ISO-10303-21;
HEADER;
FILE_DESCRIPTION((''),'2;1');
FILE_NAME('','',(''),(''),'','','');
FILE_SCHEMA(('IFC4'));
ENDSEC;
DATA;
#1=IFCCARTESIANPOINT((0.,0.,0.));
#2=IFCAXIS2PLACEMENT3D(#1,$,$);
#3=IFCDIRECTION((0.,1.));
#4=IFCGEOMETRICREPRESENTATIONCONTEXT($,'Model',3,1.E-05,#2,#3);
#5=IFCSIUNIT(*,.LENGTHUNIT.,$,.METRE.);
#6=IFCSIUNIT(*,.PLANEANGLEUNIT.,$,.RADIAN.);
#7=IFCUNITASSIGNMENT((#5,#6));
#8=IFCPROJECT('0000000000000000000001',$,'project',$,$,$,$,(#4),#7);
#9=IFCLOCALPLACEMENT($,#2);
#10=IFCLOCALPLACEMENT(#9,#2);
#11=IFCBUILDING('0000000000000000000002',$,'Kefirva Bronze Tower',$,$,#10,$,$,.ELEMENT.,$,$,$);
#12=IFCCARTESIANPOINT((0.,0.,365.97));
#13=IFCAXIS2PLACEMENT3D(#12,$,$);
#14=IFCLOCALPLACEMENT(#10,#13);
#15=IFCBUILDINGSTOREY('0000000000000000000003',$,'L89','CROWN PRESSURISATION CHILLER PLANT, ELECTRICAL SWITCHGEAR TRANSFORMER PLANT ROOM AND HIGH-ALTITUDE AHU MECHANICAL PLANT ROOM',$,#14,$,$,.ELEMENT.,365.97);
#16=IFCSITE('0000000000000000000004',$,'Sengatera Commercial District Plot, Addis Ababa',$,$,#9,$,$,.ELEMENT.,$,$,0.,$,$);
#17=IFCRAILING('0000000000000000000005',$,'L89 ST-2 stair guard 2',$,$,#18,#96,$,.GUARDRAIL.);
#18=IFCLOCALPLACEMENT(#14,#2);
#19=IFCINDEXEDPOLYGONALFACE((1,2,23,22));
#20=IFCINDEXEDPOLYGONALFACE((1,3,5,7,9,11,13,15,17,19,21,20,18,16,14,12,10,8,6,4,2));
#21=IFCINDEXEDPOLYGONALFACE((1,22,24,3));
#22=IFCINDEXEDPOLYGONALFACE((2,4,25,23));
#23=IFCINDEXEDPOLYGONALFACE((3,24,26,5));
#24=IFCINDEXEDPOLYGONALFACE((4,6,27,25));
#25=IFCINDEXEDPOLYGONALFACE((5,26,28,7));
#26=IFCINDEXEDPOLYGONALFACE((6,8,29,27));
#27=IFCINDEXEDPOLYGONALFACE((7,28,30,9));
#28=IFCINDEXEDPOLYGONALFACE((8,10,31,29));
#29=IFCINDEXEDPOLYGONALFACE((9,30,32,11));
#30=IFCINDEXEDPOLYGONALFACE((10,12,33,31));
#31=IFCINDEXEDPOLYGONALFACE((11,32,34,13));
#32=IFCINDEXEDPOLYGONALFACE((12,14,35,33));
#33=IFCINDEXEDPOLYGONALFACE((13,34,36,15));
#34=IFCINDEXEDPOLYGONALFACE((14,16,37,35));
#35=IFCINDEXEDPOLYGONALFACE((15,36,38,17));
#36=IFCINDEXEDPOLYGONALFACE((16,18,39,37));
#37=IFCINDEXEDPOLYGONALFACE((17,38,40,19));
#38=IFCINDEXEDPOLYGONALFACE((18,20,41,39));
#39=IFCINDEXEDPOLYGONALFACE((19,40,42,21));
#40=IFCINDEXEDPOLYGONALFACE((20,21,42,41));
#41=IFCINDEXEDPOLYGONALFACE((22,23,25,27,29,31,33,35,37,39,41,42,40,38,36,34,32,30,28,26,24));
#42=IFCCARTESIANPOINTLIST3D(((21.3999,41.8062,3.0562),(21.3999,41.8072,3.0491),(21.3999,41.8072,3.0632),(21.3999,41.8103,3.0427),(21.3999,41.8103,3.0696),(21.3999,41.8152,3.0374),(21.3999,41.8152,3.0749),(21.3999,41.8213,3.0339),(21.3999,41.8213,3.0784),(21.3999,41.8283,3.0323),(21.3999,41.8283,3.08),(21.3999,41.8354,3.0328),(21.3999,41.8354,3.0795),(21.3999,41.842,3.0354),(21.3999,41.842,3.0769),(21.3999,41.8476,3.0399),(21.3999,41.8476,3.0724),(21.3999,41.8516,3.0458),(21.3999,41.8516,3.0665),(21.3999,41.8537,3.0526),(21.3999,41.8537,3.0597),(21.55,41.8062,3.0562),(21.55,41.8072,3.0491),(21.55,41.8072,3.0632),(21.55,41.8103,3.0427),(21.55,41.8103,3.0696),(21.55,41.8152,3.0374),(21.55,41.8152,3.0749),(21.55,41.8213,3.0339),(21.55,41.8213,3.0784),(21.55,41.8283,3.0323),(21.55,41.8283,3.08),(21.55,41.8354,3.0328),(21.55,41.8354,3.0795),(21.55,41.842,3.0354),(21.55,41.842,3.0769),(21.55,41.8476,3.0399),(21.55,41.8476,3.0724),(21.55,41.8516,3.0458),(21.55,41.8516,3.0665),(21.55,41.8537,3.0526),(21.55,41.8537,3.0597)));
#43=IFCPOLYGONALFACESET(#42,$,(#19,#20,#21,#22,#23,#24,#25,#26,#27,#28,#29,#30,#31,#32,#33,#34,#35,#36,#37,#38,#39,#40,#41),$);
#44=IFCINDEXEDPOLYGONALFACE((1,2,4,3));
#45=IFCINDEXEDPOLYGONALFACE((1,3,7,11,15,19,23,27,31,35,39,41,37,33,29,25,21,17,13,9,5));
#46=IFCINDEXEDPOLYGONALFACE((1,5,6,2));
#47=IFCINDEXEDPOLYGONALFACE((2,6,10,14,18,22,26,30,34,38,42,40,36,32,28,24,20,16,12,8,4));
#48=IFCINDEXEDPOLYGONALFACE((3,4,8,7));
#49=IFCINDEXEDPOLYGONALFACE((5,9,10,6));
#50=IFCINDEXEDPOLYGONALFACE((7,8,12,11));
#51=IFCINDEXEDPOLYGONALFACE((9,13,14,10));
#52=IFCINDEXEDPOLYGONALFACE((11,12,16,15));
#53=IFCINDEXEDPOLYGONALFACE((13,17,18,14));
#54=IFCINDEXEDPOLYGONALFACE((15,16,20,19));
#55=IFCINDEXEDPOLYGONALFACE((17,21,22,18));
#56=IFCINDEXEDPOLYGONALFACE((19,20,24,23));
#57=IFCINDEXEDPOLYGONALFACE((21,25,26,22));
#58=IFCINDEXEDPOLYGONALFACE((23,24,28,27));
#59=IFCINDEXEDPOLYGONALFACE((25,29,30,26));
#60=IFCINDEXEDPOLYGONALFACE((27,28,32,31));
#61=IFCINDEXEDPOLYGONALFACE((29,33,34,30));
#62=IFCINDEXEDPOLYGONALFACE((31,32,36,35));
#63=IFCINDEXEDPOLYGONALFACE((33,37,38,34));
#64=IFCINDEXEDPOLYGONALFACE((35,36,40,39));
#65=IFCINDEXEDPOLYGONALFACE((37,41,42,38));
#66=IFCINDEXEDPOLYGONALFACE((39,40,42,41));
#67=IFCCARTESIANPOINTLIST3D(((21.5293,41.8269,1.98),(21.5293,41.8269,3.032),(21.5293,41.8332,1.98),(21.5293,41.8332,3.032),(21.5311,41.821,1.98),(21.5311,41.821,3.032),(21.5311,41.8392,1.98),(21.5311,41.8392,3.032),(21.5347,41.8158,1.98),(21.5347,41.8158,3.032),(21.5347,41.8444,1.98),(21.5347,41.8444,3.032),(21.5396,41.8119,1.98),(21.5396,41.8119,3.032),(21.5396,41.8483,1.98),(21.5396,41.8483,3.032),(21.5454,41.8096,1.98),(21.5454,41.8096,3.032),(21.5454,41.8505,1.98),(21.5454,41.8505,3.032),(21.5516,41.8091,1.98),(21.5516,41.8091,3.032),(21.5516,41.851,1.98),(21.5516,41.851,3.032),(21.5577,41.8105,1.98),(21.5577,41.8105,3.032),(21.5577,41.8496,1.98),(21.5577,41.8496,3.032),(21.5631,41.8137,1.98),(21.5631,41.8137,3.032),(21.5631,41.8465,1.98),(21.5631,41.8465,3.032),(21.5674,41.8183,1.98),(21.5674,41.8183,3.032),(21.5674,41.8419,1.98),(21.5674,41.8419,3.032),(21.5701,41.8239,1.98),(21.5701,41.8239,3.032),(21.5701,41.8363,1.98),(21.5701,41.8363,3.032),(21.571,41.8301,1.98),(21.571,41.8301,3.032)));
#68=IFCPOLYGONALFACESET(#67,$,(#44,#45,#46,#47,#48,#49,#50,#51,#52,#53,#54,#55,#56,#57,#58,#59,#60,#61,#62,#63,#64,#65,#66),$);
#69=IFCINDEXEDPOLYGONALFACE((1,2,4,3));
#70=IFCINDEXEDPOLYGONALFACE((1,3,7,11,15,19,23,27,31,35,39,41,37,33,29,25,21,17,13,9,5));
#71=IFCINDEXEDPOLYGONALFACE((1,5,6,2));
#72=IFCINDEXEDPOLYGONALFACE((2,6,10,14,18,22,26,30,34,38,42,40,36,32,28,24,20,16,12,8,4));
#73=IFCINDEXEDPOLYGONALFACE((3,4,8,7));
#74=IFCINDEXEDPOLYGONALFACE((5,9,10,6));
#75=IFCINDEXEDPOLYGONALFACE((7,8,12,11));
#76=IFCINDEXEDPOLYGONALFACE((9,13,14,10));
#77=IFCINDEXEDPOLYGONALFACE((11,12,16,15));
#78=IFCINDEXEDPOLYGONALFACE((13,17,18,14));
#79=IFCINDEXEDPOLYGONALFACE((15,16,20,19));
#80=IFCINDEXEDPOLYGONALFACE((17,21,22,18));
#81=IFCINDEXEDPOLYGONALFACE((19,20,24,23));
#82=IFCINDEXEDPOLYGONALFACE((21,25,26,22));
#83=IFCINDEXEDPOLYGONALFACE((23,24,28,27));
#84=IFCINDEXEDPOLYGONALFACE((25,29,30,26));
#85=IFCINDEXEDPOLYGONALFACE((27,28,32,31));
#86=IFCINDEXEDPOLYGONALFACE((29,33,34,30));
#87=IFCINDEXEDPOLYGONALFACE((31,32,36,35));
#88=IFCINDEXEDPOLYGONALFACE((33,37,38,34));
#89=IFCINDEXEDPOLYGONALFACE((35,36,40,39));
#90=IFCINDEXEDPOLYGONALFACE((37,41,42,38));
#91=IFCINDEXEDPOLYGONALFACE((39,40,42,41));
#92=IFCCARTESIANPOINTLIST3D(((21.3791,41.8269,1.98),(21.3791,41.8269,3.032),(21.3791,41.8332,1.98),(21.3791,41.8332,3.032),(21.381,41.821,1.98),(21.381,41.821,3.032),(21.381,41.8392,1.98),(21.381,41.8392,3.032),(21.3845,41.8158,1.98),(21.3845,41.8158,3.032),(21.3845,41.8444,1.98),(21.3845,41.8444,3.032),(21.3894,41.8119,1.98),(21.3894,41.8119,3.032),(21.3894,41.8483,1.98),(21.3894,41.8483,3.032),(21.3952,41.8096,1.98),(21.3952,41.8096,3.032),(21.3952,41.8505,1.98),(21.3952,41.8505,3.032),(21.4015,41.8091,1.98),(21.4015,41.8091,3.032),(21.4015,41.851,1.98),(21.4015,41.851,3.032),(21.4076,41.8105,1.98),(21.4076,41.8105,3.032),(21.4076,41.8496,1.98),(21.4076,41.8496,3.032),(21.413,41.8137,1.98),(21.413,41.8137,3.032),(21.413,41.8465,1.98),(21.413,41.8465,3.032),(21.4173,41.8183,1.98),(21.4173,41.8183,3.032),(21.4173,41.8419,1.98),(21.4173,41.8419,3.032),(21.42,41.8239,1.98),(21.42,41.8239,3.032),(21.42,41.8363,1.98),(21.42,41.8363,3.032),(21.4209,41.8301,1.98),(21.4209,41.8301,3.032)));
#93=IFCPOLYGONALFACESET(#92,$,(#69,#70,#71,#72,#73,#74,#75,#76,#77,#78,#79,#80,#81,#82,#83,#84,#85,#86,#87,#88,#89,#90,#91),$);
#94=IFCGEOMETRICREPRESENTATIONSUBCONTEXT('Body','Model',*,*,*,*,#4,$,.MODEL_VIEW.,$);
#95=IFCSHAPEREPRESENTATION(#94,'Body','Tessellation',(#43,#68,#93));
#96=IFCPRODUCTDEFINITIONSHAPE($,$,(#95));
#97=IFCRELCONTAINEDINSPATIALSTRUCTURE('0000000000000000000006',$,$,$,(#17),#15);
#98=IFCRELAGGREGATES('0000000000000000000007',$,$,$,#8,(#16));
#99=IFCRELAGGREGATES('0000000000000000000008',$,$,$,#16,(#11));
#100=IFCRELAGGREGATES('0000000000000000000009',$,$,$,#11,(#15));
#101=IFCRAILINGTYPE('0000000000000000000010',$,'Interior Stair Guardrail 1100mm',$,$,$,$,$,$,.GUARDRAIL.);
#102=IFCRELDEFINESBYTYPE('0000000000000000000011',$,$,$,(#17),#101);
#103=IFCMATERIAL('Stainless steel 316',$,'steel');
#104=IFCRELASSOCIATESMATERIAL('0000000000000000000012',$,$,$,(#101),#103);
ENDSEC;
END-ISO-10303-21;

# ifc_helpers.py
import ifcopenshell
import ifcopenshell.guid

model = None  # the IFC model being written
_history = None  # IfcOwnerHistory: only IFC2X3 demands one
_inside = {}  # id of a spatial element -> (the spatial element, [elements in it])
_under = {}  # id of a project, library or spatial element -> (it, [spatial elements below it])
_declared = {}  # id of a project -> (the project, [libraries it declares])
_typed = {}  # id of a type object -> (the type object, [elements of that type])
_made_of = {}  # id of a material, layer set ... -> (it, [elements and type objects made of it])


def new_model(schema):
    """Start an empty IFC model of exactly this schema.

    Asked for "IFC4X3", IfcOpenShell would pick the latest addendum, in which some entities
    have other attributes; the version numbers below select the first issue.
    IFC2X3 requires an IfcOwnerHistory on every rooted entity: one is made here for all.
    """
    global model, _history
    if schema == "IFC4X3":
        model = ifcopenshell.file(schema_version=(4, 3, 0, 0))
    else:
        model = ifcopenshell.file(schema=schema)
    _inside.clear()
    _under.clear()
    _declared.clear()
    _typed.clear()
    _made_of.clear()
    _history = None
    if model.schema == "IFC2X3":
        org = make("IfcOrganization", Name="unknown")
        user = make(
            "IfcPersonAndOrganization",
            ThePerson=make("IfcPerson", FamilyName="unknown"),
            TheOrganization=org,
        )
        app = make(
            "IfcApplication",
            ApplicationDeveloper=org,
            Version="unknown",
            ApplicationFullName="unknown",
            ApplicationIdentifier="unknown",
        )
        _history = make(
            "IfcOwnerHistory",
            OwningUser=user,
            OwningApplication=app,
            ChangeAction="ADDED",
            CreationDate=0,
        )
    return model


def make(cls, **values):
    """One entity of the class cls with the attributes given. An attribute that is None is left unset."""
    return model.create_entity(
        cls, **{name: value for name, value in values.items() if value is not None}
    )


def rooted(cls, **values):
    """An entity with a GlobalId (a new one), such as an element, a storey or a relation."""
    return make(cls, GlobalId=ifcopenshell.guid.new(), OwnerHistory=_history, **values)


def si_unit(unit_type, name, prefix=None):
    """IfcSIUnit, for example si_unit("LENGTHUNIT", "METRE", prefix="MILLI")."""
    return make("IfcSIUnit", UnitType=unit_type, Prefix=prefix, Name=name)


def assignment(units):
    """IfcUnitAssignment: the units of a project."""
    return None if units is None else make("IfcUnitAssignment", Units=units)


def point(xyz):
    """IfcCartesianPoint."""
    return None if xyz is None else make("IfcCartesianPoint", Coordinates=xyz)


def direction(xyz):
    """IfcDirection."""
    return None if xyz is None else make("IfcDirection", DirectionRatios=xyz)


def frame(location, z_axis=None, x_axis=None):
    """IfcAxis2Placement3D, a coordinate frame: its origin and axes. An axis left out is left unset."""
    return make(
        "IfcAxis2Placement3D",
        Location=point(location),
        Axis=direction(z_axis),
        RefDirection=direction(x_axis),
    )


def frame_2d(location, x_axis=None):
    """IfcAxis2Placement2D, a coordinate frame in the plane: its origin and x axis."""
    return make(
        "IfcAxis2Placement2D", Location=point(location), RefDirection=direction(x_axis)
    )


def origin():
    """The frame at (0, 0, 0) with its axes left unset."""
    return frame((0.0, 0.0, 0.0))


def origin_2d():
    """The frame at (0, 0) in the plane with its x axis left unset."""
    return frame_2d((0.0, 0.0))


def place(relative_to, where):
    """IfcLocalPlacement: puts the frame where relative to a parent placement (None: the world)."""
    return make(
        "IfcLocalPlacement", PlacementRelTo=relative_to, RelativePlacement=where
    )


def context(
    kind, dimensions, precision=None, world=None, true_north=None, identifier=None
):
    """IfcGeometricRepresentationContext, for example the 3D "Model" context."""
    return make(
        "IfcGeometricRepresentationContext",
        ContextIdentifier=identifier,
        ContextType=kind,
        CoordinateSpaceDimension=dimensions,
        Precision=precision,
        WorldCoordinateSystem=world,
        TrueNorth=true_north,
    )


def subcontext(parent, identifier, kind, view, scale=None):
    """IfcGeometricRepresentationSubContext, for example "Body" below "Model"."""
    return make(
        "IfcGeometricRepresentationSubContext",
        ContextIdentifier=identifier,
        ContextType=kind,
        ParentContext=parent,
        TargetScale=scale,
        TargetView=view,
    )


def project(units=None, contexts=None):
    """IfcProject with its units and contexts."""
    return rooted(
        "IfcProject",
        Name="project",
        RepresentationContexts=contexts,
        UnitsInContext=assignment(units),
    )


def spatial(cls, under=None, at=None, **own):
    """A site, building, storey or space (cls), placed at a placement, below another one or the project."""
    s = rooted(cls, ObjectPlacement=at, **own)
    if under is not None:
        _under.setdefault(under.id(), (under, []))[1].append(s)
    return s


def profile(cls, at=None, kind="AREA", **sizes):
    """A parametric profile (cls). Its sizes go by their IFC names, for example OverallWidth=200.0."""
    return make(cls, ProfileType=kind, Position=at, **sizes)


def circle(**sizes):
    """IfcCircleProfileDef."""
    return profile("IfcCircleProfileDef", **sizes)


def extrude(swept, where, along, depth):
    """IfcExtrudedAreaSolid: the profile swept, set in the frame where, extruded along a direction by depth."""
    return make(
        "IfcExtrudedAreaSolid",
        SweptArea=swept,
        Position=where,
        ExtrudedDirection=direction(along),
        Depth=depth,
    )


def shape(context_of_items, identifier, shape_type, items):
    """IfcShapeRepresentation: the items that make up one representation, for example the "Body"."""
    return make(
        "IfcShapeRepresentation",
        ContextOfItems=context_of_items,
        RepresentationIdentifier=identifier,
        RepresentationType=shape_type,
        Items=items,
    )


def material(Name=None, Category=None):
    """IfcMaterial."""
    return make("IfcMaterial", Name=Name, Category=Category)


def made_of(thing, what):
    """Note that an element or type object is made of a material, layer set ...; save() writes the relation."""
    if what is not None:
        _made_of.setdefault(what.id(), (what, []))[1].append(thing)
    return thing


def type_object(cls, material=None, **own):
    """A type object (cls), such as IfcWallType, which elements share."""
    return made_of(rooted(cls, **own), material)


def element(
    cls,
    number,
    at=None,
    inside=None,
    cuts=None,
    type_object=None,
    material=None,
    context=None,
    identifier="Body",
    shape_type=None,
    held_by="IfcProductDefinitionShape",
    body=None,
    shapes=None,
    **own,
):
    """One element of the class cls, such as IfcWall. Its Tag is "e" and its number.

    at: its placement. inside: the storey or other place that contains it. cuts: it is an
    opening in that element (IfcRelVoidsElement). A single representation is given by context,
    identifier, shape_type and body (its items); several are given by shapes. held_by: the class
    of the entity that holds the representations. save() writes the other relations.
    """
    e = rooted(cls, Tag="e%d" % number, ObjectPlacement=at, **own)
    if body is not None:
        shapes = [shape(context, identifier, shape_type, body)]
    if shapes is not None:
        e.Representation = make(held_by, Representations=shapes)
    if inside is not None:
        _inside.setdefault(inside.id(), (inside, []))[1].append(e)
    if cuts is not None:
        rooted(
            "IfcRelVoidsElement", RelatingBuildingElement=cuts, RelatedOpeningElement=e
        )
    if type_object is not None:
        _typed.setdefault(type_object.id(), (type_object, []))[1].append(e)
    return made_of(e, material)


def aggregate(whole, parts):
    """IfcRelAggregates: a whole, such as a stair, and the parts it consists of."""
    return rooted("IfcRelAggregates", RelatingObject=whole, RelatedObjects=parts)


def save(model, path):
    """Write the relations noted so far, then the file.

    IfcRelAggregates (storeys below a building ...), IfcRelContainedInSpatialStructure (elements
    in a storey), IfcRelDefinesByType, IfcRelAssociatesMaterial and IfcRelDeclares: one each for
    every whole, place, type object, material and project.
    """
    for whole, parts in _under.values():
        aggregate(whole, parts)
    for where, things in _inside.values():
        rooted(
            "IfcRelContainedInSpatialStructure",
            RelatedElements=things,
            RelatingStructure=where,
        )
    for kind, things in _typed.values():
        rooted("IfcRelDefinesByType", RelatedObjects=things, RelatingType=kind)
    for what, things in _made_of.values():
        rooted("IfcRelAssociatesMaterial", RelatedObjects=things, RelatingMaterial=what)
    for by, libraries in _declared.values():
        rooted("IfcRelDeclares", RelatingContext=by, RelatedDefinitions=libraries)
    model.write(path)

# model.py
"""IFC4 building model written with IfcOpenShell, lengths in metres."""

from ifc_helpers import new_model, si_unit, direction, frame, origin, origin_2d, place, context, subcontext, project, spatial, circle, extrude, material, type_object, element, save


model = new_model("IFC4")

# Units and contexts
model_context = context("Model", 3, precision=1e-05, world=origin(), true_north=direction((0.0, 1.0)))
body_context = subcontext(model_context, "Body", "Model", "MODEL_VIEW")
ifc_project = project(units=[si_unit("LENGTHUNIT", "METRE"), si_unit("PLANEANGLEUNIT", "RADIAN")], contexts=[model_context])

# Site, building, storey
site_placement = place(None, origin())
site = spatial("IfcSite", under=ifc_project, at=site_placement, Name="Sengatera Commercial District Plot, Addis Ababa", CompositionType="ELEMENT", RefElevation=0.0)
building_placement = place(site_placement, origin())
building = spatial("IfcBuilding", under=site, at=building_placement, Name="Kefirva Bronze Tower", CompositionType="ELEMENT")
storey_placement = place(building_placement, frame((0.0, 0.0, 365.97)))
storey = spatial("IfcBuildingStorey", under=building, at=storey_placement, Name="L89", Description="CROWN PRESSURISATION CHILLER PLANT, ELECTRICAL SWITCHGEAR TRANSFORMER PLANT ROOM AND HIGH-ALTITUDE AHU MECHANICAL PLANT ROOM", CompositionType="ELEMENT", Elevation=365.97)

# Railing
ifc_material_1 = material(Name="Stainless steel 316", Category="steel")
railing_type_1 = type_object("IfcRailingType", Name="Interior Stair Guardrail 1100mm", PredefinedType="GUARDRAIL", material=ifc_material_1)
railing_1_placement = place(storey_placement, frame((21.55, 41.8301, 1.98)))
element("IfcRailing", 1, at=railing_1_placement, inside=storey, type_object=railing_type_1, Name="L89 ST-2 stair guard 2", PredefinedType="GUARDRAIL", context=body_context, shape_type="SweptSolid", body=[
    extrude(circle(Radius=0.0239, at=origin_2d()), frame((0.0, 0.0, 1.0762), z_axis=(-1.0, 0.0, 0.0), x_axis=(0.0, -1.0, 0.0)), (0.0, 0.0, 1.0), 0.1501),
    extrude(circle(Radius=0.021, at=origin_2d()), origin(), (0.0, 0.0, 1.0), 1.052),
    extrude(circle(Radius=0.021, at=origin_2d()), frame((-0.1501, 0.0, 0.0)), (0.0, 0.0, 1.0), 1.052),
])

save(model, "model.ifc")
